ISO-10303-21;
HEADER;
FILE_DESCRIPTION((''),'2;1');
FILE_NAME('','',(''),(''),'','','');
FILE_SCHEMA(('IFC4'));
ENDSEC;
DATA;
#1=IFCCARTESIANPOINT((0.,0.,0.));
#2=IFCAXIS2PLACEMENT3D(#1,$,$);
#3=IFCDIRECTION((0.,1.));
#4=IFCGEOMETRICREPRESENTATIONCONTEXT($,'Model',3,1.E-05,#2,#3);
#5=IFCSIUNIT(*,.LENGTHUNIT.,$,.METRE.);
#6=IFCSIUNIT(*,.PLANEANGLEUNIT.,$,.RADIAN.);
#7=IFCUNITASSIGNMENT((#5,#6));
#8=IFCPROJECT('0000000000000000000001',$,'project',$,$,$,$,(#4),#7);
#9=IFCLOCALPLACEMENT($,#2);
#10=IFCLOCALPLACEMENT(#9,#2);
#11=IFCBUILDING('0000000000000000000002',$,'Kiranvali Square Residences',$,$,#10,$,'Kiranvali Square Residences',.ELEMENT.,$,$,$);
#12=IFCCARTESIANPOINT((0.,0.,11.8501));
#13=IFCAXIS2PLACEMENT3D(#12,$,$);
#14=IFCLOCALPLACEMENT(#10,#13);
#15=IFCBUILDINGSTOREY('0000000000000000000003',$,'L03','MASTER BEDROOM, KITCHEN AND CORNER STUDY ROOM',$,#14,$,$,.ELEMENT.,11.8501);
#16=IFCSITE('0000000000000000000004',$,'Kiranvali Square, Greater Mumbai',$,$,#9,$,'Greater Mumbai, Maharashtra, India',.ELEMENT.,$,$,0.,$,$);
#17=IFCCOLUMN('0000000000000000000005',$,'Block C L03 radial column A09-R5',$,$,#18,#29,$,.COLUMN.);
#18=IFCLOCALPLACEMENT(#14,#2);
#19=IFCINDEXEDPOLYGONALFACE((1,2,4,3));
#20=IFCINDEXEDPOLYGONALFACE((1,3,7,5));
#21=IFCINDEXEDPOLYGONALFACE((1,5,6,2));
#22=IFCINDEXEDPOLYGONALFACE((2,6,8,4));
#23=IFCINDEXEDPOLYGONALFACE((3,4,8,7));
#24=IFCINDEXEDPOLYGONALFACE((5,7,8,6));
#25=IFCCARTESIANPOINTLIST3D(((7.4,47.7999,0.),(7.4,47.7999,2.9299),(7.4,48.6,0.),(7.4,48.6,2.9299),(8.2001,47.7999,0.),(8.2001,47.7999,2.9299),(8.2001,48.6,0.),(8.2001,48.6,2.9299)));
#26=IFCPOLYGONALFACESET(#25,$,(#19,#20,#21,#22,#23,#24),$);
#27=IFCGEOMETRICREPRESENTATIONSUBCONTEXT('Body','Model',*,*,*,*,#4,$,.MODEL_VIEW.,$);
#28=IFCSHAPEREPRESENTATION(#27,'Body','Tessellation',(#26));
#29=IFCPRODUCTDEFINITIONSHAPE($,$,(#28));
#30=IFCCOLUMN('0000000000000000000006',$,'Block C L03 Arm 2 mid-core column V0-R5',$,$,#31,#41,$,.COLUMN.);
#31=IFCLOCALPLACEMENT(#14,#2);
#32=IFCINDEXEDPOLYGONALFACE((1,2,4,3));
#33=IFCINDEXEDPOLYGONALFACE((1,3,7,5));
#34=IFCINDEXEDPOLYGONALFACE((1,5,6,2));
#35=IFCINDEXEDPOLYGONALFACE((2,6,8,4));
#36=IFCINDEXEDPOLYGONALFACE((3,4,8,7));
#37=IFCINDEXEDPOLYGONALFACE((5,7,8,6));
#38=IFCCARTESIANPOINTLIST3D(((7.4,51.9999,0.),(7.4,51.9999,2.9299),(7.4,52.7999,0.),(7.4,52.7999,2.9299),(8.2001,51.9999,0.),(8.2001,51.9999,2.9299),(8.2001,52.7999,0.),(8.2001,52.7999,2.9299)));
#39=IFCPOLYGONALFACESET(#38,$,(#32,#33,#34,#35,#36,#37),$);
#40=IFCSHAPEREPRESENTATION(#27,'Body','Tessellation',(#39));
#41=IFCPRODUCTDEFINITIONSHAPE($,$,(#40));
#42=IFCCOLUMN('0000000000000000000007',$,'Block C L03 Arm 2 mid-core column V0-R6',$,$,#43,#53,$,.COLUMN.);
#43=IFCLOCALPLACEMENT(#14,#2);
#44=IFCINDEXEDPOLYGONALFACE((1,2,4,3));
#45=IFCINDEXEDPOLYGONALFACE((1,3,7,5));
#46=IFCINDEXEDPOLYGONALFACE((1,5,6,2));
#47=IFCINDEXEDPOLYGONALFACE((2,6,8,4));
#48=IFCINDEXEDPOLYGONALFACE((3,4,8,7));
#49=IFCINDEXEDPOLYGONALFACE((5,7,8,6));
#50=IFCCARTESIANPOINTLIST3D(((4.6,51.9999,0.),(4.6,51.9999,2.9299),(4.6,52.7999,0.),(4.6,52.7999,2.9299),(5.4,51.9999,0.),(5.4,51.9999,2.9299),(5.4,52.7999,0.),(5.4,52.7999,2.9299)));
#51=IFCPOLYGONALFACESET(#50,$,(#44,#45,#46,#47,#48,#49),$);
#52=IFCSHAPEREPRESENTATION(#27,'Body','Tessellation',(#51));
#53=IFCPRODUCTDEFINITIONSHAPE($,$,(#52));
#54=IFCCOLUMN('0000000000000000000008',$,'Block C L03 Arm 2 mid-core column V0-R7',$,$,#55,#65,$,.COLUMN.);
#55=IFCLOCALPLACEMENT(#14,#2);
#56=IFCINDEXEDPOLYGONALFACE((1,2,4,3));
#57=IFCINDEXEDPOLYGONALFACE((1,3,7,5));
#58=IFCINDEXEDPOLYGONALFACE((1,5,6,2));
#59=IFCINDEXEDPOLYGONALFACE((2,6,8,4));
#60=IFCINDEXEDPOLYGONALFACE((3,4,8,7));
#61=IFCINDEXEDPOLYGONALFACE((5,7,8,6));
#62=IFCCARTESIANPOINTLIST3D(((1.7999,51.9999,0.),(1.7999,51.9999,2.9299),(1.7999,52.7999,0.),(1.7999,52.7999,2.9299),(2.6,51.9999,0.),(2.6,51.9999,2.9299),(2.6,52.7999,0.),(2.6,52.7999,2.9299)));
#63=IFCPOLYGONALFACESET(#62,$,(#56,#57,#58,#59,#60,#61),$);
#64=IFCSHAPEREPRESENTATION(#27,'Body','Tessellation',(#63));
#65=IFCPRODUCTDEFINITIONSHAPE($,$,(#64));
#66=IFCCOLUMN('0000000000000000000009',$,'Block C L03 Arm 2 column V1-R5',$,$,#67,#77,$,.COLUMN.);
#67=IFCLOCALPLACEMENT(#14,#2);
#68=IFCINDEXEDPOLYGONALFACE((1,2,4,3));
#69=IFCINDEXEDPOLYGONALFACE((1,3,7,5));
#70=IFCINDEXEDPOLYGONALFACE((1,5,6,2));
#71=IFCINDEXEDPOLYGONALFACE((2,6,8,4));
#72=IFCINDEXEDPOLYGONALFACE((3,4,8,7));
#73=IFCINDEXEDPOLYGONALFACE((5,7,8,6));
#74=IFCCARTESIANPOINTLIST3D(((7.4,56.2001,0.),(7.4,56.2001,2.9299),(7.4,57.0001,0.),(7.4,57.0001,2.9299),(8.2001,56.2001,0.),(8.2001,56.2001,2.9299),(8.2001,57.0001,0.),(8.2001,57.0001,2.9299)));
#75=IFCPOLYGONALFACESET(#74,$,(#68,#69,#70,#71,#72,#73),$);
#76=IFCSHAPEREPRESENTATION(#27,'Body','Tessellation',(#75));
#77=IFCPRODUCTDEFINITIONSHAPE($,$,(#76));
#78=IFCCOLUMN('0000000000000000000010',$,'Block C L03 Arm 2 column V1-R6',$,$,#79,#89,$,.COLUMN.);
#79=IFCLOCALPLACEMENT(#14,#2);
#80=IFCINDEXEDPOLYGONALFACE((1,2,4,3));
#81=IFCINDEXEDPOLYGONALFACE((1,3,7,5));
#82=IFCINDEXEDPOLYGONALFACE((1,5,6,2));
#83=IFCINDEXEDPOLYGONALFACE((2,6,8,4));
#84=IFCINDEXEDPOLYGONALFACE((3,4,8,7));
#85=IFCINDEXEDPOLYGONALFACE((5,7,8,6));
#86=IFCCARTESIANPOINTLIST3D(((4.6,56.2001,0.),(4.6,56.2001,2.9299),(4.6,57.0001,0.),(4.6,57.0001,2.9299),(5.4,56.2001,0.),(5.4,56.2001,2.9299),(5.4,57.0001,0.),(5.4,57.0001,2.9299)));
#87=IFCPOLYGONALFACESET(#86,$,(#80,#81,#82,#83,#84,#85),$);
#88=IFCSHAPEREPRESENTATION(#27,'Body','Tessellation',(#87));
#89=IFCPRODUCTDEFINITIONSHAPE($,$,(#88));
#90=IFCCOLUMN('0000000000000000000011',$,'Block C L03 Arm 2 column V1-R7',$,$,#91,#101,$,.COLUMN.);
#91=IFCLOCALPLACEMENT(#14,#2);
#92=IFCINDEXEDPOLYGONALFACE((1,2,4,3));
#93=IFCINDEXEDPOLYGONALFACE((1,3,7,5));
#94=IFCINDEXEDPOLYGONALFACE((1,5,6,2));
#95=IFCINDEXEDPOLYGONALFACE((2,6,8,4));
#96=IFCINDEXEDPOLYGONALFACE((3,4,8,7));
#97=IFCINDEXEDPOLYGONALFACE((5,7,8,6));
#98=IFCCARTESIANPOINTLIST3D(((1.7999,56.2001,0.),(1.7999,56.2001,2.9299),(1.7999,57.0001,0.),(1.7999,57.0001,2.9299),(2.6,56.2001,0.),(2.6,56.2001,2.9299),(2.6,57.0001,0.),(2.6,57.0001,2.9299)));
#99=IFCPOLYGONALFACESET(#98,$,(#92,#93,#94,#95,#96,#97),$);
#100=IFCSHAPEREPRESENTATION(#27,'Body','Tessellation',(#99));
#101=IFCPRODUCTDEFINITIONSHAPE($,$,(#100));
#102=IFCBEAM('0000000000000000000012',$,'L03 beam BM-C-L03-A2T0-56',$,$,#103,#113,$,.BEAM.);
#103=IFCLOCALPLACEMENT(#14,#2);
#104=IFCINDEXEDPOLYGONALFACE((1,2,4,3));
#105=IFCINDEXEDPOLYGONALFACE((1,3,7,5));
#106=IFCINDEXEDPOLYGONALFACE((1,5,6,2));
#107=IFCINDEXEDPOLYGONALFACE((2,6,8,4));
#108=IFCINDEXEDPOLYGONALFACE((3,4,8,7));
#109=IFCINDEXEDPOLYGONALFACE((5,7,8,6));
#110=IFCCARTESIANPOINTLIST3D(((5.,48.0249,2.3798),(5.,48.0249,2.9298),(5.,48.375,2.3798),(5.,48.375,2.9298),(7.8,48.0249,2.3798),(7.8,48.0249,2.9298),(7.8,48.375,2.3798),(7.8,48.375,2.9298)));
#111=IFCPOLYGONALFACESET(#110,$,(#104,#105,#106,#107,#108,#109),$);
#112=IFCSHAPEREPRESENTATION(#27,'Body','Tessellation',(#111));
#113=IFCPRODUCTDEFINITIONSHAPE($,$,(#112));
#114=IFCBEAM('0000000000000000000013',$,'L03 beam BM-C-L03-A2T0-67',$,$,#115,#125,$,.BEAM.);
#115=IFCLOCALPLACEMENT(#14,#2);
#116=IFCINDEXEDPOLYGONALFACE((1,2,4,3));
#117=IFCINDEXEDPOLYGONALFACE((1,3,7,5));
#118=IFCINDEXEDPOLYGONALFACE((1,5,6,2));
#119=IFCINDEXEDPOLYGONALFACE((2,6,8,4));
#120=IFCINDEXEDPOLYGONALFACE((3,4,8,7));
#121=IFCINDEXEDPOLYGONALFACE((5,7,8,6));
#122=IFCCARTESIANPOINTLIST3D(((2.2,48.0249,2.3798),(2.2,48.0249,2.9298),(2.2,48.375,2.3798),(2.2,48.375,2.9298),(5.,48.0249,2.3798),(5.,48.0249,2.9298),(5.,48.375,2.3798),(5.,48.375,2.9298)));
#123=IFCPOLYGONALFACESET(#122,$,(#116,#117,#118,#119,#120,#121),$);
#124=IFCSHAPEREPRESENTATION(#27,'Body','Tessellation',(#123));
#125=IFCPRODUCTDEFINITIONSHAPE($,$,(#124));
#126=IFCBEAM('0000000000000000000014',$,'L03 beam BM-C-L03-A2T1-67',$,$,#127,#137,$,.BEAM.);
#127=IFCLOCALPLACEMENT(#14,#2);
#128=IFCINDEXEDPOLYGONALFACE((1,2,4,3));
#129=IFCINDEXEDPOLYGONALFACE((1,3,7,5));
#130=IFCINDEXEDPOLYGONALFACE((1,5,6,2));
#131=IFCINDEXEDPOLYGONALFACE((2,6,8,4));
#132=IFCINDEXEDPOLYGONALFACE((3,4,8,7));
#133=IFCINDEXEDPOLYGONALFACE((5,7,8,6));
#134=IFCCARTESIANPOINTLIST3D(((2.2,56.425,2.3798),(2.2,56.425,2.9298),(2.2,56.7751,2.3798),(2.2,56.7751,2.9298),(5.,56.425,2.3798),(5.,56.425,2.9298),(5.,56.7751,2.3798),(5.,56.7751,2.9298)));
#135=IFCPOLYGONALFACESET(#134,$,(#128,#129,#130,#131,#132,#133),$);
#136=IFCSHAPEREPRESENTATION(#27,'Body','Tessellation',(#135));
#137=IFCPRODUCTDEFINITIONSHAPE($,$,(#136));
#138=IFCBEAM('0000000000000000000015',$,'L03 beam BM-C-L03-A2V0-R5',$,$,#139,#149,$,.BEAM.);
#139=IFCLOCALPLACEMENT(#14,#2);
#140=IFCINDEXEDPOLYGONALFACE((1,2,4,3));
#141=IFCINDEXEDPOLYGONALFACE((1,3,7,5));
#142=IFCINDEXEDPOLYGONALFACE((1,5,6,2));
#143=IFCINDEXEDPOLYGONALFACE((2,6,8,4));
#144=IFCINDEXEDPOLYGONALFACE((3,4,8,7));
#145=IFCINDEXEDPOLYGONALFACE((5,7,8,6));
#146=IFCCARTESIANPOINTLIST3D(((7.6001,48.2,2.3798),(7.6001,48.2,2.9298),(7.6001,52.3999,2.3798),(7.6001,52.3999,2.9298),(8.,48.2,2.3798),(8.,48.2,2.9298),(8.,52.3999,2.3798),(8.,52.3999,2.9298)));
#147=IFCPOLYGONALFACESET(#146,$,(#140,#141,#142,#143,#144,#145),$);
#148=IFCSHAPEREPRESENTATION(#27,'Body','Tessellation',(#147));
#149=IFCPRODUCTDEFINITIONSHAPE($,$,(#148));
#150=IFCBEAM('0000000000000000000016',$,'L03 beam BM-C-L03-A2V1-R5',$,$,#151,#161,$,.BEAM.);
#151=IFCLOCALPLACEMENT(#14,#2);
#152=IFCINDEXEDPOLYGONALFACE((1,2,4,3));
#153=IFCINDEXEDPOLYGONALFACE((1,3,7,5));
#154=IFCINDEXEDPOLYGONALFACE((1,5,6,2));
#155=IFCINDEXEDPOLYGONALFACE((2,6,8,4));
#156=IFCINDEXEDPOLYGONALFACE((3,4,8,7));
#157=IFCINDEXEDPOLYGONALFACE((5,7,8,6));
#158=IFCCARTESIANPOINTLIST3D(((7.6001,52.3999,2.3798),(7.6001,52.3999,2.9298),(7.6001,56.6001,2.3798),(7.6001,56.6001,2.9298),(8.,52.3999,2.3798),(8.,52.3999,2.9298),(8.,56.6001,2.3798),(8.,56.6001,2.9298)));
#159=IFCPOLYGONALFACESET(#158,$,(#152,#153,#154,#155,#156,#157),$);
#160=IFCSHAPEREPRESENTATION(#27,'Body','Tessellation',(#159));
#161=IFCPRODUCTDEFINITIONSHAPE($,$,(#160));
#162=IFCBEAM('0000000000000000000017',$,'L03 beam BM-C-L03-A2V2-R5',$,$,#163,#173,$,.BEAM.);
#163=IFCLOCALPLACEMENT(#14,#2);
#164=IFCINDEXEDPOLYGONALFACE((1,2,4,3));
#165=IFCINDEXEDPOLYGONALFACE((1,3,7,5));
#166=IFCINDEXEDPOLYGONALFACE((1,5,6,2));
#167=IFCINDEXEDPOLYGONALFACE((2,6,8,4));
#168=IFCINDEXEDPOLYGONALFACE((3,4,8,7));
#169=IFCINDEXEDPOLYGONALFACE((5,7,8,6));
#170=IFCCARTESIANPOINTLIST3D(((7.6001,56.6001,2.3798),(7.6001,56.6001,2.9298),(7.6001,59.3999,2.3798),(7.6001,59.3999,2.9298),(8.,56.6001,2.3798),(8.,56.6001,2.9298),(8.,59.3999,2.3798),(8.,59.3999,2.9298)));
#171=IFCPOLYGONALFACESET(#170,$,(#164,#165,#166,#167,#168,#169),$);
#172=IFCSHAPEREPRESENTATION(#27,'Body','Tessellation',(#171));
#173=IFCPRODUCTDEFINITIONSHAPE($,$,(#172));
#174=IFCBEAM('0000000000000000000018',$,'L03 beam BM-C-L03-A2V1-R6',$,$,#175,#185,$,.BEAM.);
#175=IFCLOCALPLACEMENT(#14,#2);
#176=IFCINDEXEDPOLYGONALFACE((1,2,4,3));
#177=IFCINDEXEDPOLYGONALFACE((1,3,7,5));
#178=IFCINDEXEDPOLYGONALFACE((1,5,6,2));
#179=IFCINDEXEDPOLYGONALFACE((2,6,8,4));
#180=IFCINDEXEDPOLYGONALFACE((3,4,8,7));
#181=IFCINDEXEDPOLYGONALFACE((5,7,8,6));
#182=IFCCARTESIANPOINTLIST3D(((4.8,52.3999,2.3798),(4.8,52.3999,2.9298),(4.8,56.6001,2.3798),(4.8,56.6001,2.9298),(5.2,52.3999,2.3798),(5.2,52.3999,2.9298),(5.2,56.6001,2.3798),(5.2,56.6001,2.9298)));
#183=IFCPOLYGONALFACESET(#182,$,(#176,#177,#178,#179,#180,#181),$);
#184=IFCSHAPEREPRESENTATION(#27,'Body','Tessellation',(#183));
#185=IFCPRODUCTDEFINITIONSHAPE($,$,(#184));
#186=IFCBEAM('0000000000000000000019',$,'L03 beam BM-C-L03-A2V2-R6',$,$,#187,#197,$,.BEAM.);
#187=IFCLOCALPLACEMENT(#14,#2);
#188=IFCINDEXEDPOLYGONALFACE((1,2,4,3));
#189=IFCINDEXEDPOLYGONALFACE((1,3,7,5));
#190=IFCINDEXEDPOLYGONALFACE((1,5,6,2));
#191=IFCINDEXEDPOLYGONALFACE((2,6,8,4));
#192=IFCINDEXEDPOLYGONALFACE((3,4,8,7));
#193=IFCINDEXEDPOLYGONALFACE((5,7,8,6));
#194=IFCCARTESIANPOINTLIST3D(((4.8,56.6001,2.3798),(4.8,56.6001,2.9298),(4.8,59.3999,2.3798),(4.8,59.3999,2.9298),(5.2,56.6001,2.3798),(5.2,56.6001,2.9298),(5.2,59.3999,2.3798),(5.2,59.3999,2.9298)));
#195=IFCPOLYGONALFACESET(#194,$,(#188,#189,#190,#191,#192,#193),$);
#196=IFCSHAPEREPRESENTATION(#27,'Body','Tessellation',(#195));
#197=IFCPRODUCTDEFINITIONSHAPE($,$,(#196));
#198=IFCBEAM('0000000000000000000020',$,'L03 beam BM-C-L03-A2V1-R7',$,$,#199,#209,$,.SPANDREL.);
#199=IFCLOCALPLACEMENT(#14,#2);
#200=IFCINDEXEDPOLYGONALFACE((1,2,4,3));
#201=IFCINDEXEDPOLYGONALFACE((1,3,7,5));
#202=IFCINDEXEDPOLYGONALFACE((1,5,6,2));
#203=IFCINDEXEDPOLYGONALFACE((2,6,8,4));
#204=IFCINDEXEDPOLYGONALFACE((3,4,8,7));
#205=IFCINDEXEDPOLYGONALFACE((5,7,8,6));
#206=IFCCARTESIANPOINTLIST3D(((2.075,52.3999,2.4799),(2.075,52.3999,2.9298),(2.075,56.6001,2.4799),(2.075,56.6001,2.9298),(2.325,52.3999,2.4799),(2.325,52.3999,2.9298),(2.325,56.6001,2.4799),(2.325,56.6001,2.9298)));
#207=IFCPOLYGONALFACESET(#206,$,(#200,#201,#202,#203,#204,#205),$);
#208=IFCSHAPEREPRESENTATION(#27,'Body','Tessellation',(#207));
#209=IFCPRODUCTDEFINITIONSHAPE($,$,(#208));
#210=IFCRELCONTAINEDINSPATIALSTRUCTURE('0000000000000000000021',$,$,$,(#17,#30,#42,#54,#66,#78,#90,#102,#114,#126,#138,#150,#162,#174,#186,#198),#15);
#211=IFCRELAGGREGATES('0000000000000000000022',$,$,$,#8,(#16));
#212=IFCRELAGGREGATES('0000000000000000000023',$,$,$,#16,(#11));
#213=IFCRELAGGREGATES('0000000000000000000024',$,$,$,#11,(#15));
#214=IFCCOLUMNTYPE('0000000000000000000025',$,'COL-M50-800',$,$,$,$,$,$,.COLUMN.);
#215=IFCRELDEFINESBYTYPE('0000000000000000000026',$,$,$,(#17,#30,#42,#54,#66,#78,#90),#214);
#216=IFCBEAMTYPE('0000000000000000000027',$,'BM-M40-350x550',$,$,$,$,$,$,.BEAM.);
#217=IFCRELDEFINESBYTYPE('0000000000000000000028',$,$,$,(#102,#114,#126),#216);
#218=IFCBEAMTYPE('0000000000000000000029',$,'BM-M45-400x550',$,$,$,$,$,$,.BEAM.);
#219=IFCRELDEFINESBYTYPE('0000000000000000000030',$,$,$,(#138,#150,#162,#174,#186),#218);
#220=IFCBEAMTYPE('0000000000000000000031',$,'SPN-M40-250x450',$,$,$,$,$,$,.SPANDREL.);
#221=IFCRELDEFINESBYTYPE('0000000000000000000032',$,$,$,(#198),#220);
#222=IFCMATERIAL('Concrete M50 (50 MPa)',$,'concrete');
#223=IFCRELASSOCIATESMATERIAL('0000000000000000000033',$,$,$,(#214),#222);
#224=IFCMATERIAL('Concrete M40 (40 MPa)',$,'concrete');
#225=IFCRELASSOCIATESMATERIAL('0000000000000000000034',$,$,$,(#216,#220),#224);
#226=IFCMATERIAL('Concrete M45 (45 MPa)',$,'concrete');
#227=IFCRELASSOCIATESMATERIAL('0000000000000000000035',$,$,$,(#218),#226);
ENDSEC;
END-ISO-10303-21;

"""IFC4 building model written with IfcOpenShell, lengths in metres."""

from ifc_helpers import new_model, si_unit, direction, frame, origin, origin_2d, place, context, subcontext, project, spatial, rectangle, extrude, material, material_profile, profile_set, type_object, element, save


model = new_model("IFC4")

# Units and contexts
model_context = context("Model", 3, precision=1e-05, world=origin(), true_north=direction((0.0, 1.0)))
body_context = subcontext(model_context, "Body", "Model", "MODEL_VIEW")
ifc_project = project(units=[si_unit("LENGTHUNIT", "METRE"), si_unit("PLANEANGLEUNIT", "RADIAN")], contexts=[model_context])

# Site, building, storey
site_placement = place(None, origin())
site = spatial("IfcSite", under=ifc_project, at=site_placement, Name="Kiranvali Square, Greater Mumbai", LongName="Greater Mumbai, Maharashtra, India", CompositionType="ELEMENT", RefElevation=0.0)
building_placement = place(site_placement, origin())
building = spatial("IfcBuilding", under=site, at=building_placement, Name="Kiranvali Square Residences", LongName="Kiranvali Square Residences", CompositionType="ELEMENT")
storey_placement = place(building_placement, frame((0.0, 0.0, 11.8501)))
storey = spatial("IfcBuildingStorey", under=building, at=storey_placement, Name="L03", Description="MASTER BEDROOM, KITCHEN AND CORNER STUDY ROOM", CompositionType="ELEMENT", Elevation=11.8501)

# Columns
ifc_material_1 = material(Name="Concrete M50 (50 MPa)", Category="concrete")
ifc_material_profile_1 = material_profile(ifc_material_1, rectangle(XDim=0.8, YDim=0.8, at=origin_2d()), Name="RC 800x800")
ifc_profile_set_1 = profile_set([ifc_material_profile_1], Name="Concrete M50 (50 MPa)")
column_type = type_object("IfcColumnType", Name="COL-M50-800", PredefinedType="COLUMN", material=ifc_profile_set_1)
for number, where, z_axis, x_axis, name in (
    (1, (7.8, 48.2, 0.0), (0.0, 0.0, 1.0), (0.0, 1.0, 0.0), "Block C L03 radial column A09-R5"),
    (2, (7.8, 52.3999, 0.0), (0.0, 0.0, 1.0), (1.0, 0.0, 0.0), "Block C L03 Arm 2 mid-core column V0-R5"),
    (3, (5.0, 52.3999, 0.0), (0.0, 0.0, 1.0), (1.0, 0.0, 0.0), "Block C L03 Arm 2 mid-core column V0-R6"),
    (4, (2.2, 52.3999, 0.0), (0.0, 0.0, 1.0), (1.0, 0.0, 0.0), "Block C L03 Arm 2 mid-core column V0-R7"),
    (5, (7.8, 56.6001, 0.0), (0.0, 0.0, 1.0), (1.0, 0.0, 0.0), "Block C L03 Arm 2 column V1-R5"),
    (6, (5.0, 56.6001, 0.0), (0.0, 0.0, 1.0), (1.0, 0.0, 0.0), "Block C L03 Arm 2 column V1-R6"),
    (7, (2.2, 56.6001, 0.0), (0.0, 0.0, 1.0), (1.0, 0.0, 0.0), "Block C L03 Arm 2 column V1-R7"),
):
    element("IfcColumn", number, at=place(storey_placement, frame(where, z_axis=z_axis, x_axis=x_axis)), inside=storey, type_object=column_type, Name=name, PredefinedType="COLUMN", context=body_context, shape_type="SweptSolid", body=[
        extrude(rectangle(XDim=0.8, YDim=0.8, at=origin_2d()), origin(), (0.0, 0.0, 1.0), 2.9299),
    ])

# Beams
ifc_material_2 = material(Name="Concrete M40 (40 MPa)", Category="concrete")
ifc_material_profile_2 = material_profile(ifc_material_2, rectangle(XDim=0.3501, YDim=0.55, at=origin_2d()), Name="RC 350x550")
ifc_profile_set_2 = profile_set([ifc_material_profile_2], Name="Concrete M40 (40 MPa)")
beam_type_1 = type_object("IfcBeamType", Name="BM-M40-350x550", PredefinedType="BEAM", material=ifc_profile_set_2)
for number, where, z_axis, x_axis, name in (
    (8, (7.8, 48.2, 2.6548), (-1.0, 0.0, 0.0), (0.0, -1.0, 0.0), "L03 beam BM-C-L03-A2T0-56"),
    (9, (5.0, 48.2, 2.6548), (-1.0, 0.0, 0.0), (0.0, -1.0, 0.0), "L03 beam BM-C-L03-A2T0-67"),
    (10, (5.0, 56.6001, 2.6548), (-1.0, 0.0, 0.0), (0.0, -1.0, 0.0), "L03 beam BM-C-L03-A2T1-67"),
):
    element("IfcBeam", number, at=place(storey_placement, frame(where, z_axis=z_axis, x_axis=x_axis)), inside=storey, type_object=beam_type_1, Name=name, PredefinedType="BEAM", context=body_context, shape_type="SweptSolid", body=[
        extrude(rectangle(XDim=0.3501, YDim=0.55, at=origin_2d()), origin(), (0.0, 0.0, 1.0), 2.8),
    ])
ifc_material_3 = material(Name="Concrete M45 (45 MPa)", Category="concrete")
ifc_material_profile_3 = material_profile(ifc_material_3, rectangle(XDim=0.3999, YDim=0.55, at=origin_2d()), Name="RC 400x550")
ifc_profile_set_3 = profile_set([ifc_material_profile_3], Name="Concrete M45 (45 MPa)")
beam_type_2 = type_object("IfcBeamType", Name="BM-M45-400x550", PredefinedType="BEAM", material=ifc_profile_set_3)
beam_1_placement = place(storey_placement, frame((7.8, 48.2, 2.6548), z_axis=(0.0, 1.0, 0.0), x_axis=(-1.0, 0.0, 0.0)))
element("IfcBeam", 11, at=beam_1_placement, inside=storey, type_object=beam_type_2, Name="L03 beam BM-C-L03-A2V0-R5", PredefinedType="BEAM", context=body_context, shape_type="SweptSolid", body=[
    extrude(rectangle(XDim=0.3999, YDim=0.55, at=origin_2d()), origin(), (0.0, 0.0, 1.0), 4.2),
])
beam_2_placement = place(storey_placement, frame((7.8, 52.3999, 2.6548), z_axis=(0.0, 1.0, 0.0), x_axis=(-1.0, 0.0, 0.0)))
element("IfcBeam", 12, at=beam_2_placement, inside=storey, type_object=beam_type_2, Name="L03 beam BM-C-L03-A2V1-R5", PredefinedType="BEAM", context=body_context, shape_type="SweptSolid", body=[
    extrude(rectangle(XDim=0.3999, YDim=0.55, at=origin_2d()), origin(), (0.0, 0.0, 1.0), 4.2002),
])
beam_3_placement = place(storey_placement, frame((7.8, 56.6001, 2.6548), z_axis=(0.0, 1.0, 0.0), x_axis=(-1.0, 0.0, 0.0)))
element("IfcBeam", 13, at=beam_3_placement, inside=storey, type_object=beam_type_2, Name="L03 beam BM-C-L03-A2V2-R5", PredefinedType="BEAM", context=body_context, shape_type="SweptSolid", body=[
    extrude(rectangle(XDim=0.3999, YDim=0.55, at=origin_2d()), origin(), (0.0, 0.0, 1.0), 2.7998),
])
beam_4_placement = place(storey_placement, frame((5.0, 52.3999, 2.6548), z_axis=(0.0, 1.0, 0.0), x_axis=(-1.0, 0.0, 0.0)))
element("IfcBeam", 14, at=beam_4_placement, inside=storey, type_object=beam_type_2, Name="L03 beam BM-C-L03-A2V1-R6", PredefinedType="BEAM", context=body_context, shape_type="SweptSolid", body=[
    extrude(rectangle(XDim=0.3999, YDim=0.55, at=origin_2d()), origin(), (0.0, 0.0, 1.0), 4.2002),
])
beam_5_placement = place(storey_placement, frame((5.0, 56.6001, 2.6548), z_axis=(0.0, 1.0, 0.0), x_axis=(-1.0, 0.0, 0.0)))
element("IfcBeam", 15, at=beam_5_placement, inside=storey, type_object=beam_type_2, Name="L03 beam BM-C-L03-A2V2-R6", PredefinedType="BEAM", context=body_context, shape_type="SweptSolid", body=[
    extrude(rectangle(XDim=0.3999, YDim=0.55, at=origin_2d()), origin(), (0.0, 0.0, 1.0), 2.7998),
])
ifc_material_profile_4 = material_profile(ifc_material_2, rectangle(XDim=0.25, YDim=0.45, at=origin_2d()), Name="RC 250x450")
ifc_profile_set_4 = profile_set([ifc_material_profile_4], Name="Concrete M40 (40 MPa)")
beam_type_3 = type_object("IfcBeamType", Name="SPN-M40-250x450", PredefinedType="SPANDREL", material=ifc_profile_set_4)
beam_6_placement = place(storey_placement, frame((2.2, 52.3999, 2.7048), z_axis=(0.0, 1.0, 0.0), x_axis=(-1.0, 0.0, 0.0)))
element("IfcBeam", 16, at=beam_6_placement, inside=storey, type_object=beam_type_3, Name="L03 beam BM-C-L03-A2V1-R7", PredefinedType="SPANDREL", context=body_context, shape_type="SweptSolid", body=[
    extrude(rectangle(XDim=0.25, YDim=0.45, at=origin_2d()), origin(), (0.0, 0.0, 1.0), 4.2002),
])

save(model, "model.ifc")
